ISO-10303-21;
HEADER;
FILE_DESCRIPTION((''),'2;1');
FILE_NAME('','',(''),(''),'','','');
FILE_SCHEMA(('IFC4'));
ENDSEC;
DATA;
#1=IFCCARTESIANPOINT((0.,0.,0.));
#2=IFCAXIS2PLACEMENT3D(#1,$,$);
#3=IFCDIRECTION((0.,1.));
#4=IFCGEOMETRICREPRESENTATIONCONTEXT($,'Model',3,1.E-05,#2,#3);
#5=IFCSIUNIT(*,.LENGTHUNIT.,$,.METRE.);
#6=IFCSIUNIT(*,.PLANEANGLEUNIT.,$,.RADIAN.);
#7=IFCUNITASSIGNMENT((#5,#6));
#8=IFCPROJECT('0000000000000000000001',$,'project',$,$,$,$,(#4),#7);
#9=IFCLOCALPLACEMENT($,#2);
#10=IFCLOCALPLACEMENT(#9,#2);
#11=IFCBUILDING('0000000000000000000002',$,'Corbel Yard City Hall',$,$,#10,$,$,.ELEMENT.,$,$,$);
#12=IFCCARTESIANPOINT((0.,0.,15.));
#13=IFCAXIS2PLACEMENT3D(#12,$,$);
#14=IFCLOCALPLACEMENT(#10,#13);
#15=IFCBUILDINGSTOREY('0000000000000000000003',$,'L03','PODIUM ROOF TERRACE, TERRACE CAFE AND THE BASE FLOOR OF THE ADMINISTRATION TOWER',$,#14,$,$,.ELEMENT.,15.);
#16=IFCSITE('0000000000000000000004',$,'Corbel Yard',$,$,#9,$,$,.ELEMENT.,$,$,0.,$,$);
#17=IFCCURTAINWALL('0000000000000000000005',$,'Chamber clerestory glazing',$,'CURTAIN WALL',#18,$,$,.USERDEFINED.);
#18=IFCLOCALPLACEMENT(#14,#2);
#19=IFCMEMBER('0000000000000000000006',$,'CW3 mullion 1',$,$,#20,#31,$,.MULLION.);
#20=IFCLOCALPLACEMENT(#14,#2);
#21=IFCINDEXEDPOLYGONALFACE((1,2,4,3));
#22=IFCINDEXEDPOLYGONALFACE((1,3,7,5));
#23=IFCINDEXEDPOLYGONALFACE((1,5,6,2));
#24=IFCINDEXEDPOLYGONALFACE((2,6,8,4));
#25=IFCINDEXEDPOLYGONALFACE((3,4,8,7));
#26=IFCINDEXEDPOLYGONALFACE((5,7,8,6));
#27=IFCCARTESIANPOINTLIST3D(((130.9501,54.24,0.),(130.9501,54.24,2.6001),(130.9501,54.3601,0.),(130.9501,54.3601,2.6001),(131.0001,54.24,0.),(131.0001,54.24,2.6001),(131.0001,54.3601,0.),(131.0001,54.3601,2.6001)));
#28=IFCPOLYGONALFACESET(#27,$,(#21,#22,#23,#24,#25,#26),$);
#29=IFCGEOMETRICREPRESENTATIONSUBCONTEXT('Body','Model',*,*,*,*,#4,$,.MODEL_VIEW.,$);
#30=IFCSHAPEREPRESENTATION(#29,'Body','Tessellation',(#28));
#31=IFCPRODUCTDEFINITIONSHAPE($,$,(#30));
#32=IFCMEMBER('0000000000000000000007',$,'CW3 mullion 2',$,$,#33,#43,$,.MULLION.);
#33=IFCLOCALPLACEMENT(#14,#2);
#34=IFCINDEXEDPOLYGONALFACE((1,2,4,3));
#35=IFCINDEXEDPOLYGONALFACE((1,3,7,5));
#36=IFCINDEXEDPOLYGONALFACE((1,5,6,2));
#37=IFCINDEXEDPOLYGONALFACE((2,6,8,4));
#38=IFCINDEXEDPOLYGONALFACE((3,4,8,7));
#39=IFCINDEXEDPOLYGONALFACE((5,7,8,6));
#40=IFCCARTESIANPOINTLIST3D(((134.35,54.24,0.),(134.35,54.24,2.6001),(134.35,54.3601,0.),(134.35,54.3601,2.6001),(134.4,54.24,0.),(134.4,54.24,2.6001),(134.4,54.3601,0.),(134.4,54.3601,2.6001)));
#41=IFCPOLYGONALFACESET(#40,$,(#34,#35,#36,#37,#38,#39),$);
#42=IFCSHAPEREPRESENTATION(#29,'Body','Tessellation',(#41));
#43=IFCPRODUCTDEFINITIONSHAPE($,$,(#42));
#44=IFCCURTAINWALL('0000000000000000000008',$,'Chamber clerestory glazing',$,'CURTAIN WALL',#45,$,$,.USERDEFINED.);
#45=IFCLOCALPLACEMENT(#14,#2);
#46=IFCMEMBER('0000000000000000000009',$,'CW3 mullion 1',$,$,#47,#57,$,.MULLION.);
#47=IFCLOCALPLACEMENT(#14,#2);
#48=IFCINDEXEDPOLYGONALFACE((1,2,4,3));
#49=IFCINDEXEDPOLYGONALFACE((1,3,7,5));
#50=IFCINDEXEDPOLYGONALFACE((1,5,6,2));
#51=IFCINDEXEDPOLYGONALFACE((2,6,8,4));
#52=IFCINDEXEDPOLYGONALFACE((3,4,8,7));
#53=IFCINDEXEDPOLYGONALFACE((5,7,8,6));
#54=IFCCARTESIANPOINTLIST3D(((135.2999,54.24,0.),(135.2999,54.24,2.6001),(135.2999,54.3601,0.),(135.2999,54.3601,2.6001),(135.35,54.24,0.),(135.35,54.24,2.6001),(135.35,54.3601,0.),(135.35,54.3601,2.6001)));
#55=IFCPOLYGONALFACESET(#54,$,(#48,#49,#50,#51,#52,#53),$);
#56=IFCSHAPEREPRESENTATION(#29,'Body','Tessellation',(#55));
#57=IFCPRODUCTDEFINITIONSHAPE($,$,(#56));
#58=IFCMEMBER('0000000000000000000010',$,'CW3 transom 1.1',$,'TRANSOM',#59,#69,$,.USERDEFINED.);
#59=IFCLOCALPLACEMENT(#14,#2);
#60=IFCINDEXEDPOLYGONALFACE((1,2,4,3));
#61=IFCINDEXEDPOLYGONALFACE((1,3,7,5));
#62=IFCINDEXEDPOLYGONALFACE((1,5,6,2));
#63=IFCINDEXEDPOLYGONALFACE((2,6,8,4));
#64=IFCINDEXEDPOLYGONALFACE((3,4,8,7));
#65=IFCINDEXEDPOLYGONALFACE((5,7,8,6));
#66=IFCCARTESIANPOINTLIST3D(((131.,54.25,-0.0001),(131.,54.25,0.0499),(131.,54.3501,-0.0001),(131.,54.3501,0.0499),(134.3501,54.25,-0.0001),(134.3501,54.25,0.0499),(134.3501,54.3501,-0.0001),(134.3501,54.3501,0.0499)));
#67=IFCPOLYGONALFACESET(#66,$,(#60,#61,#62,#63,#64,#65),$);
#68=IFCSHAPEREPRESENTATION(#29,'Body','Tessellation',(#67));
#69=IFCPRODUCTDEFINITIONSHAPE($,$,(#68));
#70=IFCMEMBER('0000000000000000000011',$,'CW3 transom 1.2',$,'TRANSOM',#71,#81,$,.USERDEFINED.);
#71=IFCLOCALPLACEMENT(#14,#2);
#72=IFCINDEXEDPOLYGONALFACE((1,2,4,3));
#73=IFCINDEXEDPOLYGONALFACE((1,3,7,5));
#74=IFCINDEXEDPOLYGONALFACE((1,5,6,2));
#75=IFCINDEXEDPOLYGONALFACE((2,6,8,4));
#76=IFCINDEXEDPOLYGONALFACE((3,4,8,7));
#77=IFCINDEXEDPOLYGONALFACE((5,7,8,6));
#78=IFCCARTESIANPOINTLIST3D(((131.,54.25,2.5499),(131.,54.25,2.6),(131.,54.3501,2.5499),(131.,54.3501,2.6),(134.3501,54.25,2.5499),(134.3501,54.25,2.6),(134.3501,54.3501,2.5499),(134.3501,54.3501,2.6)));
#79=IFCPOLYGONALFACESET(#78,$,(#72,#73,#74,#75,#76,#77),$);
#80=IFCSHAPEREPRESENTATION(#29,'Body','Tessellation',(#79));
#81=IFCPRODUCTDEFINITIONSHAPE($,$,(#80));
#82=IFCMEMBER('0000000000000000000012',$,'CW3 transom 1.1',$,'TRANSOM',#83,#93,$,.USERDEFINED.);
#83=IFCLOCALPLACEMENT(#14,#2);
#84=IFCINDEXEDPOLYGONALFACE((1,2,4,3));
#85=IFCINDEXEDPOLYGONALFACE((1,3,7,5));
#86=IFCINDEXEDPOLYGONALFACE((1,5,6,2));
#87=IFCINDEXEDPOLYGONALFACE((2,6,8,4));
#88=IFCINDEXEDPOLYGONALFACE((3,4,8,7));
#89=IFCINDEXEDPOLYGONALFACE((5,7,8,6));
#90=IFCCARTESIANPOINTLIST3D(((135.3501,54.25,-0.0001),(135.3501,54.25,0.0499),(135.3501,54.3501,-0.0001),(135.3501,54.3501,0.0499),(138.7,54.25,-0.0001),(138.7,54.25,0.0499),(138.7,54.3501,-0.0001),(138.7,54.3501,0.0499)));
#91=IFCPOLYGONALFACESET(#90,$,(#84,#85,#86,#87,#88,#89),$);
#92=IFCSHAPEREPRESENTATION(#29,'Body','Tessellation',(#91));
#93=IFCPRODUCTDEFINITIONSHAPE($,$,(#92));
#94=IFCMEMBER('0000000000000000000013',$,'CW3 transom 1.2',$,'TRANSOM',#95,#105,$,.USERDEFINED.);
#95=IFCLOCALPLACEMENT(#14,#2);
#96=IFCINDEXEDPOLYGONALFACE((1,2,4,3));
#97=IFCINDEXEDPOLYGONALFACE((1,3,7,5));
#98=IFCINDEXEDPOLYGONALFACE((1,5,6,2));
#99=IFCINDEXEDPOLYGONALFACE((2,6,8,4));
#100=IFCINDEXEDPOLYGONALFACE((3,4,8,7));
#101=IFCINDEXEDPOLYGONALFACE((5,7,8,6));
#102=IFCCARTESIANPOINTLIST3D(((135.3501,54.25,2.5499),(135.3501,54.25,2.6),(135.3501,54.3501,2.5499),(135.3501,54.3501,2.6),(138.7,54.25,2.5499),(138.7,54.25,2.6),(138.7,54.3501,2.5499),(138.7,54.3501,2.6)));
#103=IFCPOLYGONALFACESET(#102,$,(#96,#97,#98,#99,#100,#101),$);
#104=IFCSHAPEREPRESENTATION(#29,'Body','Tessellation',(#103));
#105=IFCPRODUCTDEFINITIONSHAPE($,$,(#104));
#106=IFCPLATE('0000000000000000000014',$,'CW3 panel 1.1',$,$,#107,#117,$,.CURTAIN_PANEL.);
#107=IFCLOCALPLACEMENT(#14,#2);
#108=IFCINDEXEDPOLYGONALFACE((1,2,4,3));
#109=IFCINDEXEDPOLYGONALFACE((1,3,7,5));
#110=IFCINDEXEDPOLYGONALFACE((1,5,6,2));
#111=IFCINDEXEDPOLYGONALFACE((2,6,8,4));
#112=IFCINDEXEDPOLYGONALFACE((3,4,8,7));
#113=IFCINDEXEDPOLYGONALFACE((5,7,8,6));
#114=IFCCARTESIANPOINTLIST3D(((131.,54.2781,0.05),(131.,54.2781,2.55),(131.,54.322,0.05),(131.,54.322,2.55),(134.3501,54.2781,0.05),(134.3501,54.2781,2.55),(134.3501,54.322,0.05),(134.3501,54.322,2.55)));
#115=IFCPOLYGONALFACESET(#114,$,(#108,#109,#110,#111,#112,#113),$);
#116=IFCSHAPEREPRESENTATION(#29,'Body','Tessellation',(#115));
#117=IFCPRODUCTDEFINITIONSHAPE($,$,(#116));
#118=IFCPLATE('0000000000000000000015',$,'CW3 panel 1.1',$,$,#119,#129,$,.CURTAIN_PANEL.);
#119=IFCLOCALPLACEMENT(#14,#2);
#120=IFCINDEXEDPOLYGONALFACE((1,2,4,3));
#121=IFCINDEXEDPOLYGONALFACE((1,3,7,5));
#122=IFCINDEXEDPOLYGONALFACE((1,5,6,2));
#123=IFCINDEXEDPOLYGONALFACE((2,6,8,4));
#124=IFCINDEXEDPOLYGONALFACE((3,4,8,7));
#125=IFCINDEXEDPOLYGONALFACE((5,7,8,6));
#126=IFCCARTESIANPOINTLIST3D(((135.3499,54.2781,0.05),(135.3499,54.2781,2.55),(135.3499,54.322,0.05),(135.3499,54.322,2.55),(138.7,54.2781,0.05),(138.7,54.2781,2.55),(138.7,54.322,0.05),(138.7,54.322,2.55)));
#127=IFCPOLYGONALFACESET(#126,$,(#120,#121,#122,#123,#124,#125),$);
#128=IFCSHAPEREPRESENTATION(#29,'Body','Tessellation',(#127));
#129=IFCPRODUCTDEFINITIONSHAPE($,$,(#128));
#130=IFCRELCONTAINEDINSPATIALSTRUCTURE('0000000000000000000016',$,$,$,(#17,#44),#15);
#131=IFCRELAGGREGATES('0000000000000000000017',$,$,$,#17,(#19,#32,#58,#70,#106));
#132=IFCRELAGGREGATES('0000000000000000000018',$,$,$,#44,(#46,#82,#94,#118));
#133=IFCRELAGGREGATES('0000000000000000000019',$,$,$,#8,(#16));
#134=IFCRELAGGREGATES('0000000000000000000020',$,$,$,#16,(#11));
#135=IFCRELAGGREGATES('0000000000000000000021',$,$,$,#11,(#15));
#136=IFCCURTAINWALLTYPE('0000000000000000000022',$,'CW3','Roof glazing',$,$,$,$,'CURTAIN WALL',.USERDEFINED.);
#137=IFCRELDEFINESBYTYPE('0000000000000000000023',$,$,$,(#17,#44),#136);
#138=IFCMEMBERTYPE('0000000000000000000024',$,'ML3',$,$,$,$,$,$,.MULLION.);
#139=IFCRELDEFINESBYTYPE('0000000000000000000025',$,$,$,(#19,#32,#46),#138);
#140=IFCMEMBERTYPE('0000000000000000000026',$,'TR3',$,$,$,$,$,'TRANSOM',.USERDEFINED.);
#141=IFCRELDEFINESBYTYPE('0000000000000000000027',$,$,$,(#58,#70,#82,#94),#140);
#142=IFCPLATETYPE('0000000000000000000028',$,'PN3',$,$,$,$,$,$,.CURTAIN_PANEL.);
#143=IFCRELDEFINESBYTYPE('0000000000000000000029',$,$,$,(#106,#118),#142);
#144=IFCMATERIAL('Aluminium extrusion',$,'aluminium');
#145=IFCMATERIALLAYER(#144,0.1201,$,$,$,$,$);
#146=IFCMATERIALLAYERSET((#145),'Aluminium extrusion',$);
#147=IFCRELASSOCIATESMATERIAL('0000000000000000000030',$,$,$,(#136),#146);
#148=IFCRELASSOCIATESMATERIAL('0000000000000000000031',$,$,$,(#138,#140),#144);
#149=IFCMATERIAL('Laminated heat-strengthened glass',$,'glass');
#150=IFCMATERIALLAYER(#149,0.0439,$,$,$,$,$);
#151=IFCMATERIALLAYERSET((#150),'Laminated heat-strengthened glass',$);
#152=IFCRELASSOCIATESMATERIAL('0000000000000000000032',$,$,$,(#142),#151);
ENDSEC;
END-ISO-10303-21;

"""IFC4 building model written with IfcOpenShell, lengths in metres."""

from ifc_helpers import new_model, si_unit, direction, frame, origin, origin_2d, place, context, subcontext, project, spatial, rectangle, extrude, material, layer, layer_set, material_profile, profile_set, type_object, element, aggregate, save


model = new_model("IFC4")

# Units and contexts
model_context = context("Model", 3, precision=1e-05, world=origin(), true_north=direction((0.0, 1.0)))
body_context = subcontext(model_context, "Body", "Model", "MODEL_VIEW")
ifc_project = project(units=[si_unit("LENGTHUNIT", "METRE"), si_unit("PLANEANGLEUNIT", "RADIAN")], contexts=[model_context])

# Site, building, storey
site_placement = place(None, origin())
site = spatial("IfcSite", under=ifc_project, at=site_placement, Name="Corbel Yard", CompositionType="ELEMENT", RefElevation=0.0)
building_placement = place(site_placement, origin())
building = spatial("IfcBuilding", under=site, at=building_placement, Name="Corbel Yard City Hall", CompositionType="ELEMENT")
storey_placement = place(building_placement, frame((0.0, 0.0, 15.0)))
storey = spatial("IfcBuildingStorey", under=building, at=storey_placement, Name="L03", Description="PODIUM ROOF TERRACE, TERRACE CAFE AND THE BASE FLOOR OF THE ADMINISTRATION TOWER", CompositionType="ELEMENT", Elevation=15.0)

# Curtain wall, members
ifc_material_1 = material(Name="Aluminium extrusion", Category="aluminium")
ifc_layer_1 = layer(ifc_material_1, 0.1201)
ifc_layer_set_1 = layer_set([ifc_layer_1], Name="Aluminium extrusion")
curtain_wall_type = type_object("IfcCurtainWallType", Name="CW3", Description="Roof glazing", ElementType="CURTAIN WALL", PredefinedType="USERDEFINED", material=ifc_layer_set_1)
curtain_wall_1_placement = place(storey_placement, origin())
curtain_wall_1 = element("IfcCurtainWall", 1, at=curtain_wall_1_placement, inside=storey, type_object=curtain_wall_type, Name="Chamber clerestory glazing", ObjectType="CURTAIN WALL", PredefinedType="USERDEFINED")
ifc_material_profile_1 = material_profile(ifc_material_1, rectangle(XDim=0.1201, YDim=0.05, at=origin_2d()), Name="120x50")
ifc_profile_set_1 = profile_set([ifc_material_profile_1], Name="Aluminium extrusion")
member_type_1 = type_object("IfcMemberType", Name="ML3", PredefinedType="MULLION", material=ifc_profile_set_1)
member_1_placement = place(storey_placement, frame((130.9751, 54.3, 0.0), z_axis=(0.0, 0.0, 1.0), x_axis=(0.0, 1.0, 0.0)))
member_1 = element("IfcMember", 2, at=member_1_placement, type_object=member_type_1, Name="CW3 mullion 1", PredefinedType="MULLION", context=body_context, shape_type="SweptSolid", body=[
    extrude(rectangle(XDim=0.1201, YDim=0.05, at=origin_2d()), origin(), (0.0, 0.0, 1.0), 2.6001),
])
member_2_placement = place(storey_placement, frame((134.375, 54.3, 0.0), z_axis=(0.0, 0.0, 1.0), x_axis=(0.0, 1.0, 0.0)))
member_2 = element("IfcMember", 3, at=member_2_placement, type_object=member_type_1, Name="CW3 mullion 2", PredefinedType="MULLION", context=body_context, shape_type="SweptSolid", body=[
    extrude(rectangle(XDim=0.1201, YDim=0.05, at=origin_2d()), origin(), (0.0, 0.0, 1.0), 2.6001),
])

# Curtain wall, member
curtain_wall_2_placement = place(storey_placement, origin())
curtain_wall_2 = element("IfcCurtainWall", 4, at=curtain_wall_2_placement, inside=storey, type_object=curtain_wall_type, Name="Chamber clerestory glazing", ObjectType="CURTAIN WALL", PredefinedType="USERDEFINED")
member_3_placement = place(storey_placement, frame((135.325, 54.3, 0.0), z_axis=(0.0, 0.0, 1.0), x_axis=(0.0, 1.0, 0.0)))
member_3 = element("IfcMember", 5, at=member_3_placement, type_object=member_type_1, Name="CW3 mullion 1", PredefinedType="MULLION", context=body_context, shape_type="SweptSolid", body=[
    extrude(rectangle(XDim=0.1201, YDim=0.05, at=origin_2d()), origin(), (0.0, 0.0, 1.0), 2.6001),
])

# Members
ifc_material_profile_2 = material_profile(ifc_material_1, rectangle(XDim=0.1001, YDim=0.05, at=origin_2d()), Name="100x50")
ifc_profile_set_2 = profile_set([ifc_material_profile_2], Name="Aluminium extrusion")
member_type_2 = type_object("IfcMemberType", Name="TR3", ElementType="TRANSOM", PredefinedType="USERDEFINED", material=ifc_profile_set_2)
member_4_placement = place(storey_placement, frame((131.0, 54.3, 0.0249), z_axis=(1.0, 0.0, 0.0), x_axis=(0.0, 1.0, 0.0)))
member_4 = element("IfcMember", 6, at=member_4_placement, type_object=member_type_2, Name="CW3 transom 1.1", ObjectType="TRANSOM", PredefinedType="USERDEFINED", context=body_context, shape_type="SweptSolid", body=[
    extrude(rectangle(XDim=0.1001, YDim=0.05, at=origin_2d()), origin(), (0.0, 0.0, 1.0), 3.3501),
])
member_5_placement = place(storey_placement, frame((131.0, 54.3, 2.575), z_axis=(1.0, 0.0, 0.0), x_axis=(0.0, 1.0, 0.0)))
member_5 = element("IfcMember", 7, at=member_5_placement, type_object=member_type_2, Name="CW3 transom 1.2", ObjectType="TRANSOM", PredefinedType="USERDEFINED", context=body_context, shape_type="SweptSolid", body=[
    extrude(rectangle(XDim=0.1001, YDim=0.05, at=origin_2d()), origin(), (0.0, 0.0, 1.0), 3.3501),
])
member_6_placement = place(storey_placement, frame((135.3501, 54.3, 0.0249), z_axis=(1.0, 0.0, 0.0), x_axis=(0.0, 1.0, 0.0)))
member_6 = element("IfcMember", 8, at=member_6_placement, type_object=member_type_2, Name="CW3 transom 1.1", ObjectType="TRANSOM", PredefinedType="USERDEFINED", context=body_context, shape_type="SweptSolid", body=[
    extrude(rectangle(XDim=0.1001, YDim=0.05, at=origin_2d()), origin(), (0.0, 0.0, 1.0), 3.3499),
])
member_7_placement = place(storey_placement, frame((135.3501, 54.3, 2.575), z_axis=(1.0, 0.0, 0.0), x_axis=(0.0, 1.0, 0.0)))
member_7 = element("IfcMember", 9, at=member_7_placement, type_object=member_type_2, Name="CW3 transom 1.2", ObjectType="TRANSOM", PredefinedType="USERDEFINED", context=body_context, shape_type="SweptSolid", body=[
    extrude(rectangle(XDim=0.1001, YDim=0.05, at=origin_2d()), origin(), (0.0, 0.0, 1.0), 3.3499),
])

# Plates
ifc_material_2 = material(Name="Laminated heat-strengthened glass", Category="glass")
ifc_layer_2 = layer(ifc_material_2, 0.0439)
ifc_layer_set_2 = layer_set([ifc_layer_2], Name="Laminated heat-strengthened glass")
plate_type = type_object("IfcPlateType", Name="PN3", PredefinedType="CURTAIN_PANEL", material=ifc_layer_set_2)
plate_1_placement = place(storey_placement, frame((132.675, 54.3, 0.05), z_axis=(0.0, 0.0, 1.0), x_axis=(1.0, 0.0, 0.0)))
plate_1 = element("IfcPlate", 10, at=plate_1_placement, type_object=plate_type, Name="CW3 panel 1.1", PredefinedType="CURTAIN_PANEL", context=body_context, shape_type="SweptSolid", body=[
    extrude(rectangle(XDim=3.3501, YDim=0.0439, at=origin_2d()), origin(), (0.0, 0.0, 1.0), 2.5),
])
aggregate(curtain_wall_1, [member_1, member_2, member_4, member_5, plate_1])
plate_2_placement = place(storey_placement, frame((137.0249, 54.3, 0.05), z_axis=(0.0, 0.0, 1.0), x_axis=(1.0, 0.0, 0.0)))
plate_2 = element("IfcPlate", 11, at=plate_2_placement, type_object=plate_type, Name="CW3 panel 1.1", PredefinedType="CURTAIN_PANEL", context=body_context, shape_type="SweptSolid", body=[
    extrude(rectangle(XDim=3.3501, YDim=0.0439, at=origin_2d()), origin(), (0.0, 0.0, 1.0), 2.5),
])
aggregate(curtain_wall_2, [member_3, member_6, member_7, plate_2])

save(model, "model.ifc")
